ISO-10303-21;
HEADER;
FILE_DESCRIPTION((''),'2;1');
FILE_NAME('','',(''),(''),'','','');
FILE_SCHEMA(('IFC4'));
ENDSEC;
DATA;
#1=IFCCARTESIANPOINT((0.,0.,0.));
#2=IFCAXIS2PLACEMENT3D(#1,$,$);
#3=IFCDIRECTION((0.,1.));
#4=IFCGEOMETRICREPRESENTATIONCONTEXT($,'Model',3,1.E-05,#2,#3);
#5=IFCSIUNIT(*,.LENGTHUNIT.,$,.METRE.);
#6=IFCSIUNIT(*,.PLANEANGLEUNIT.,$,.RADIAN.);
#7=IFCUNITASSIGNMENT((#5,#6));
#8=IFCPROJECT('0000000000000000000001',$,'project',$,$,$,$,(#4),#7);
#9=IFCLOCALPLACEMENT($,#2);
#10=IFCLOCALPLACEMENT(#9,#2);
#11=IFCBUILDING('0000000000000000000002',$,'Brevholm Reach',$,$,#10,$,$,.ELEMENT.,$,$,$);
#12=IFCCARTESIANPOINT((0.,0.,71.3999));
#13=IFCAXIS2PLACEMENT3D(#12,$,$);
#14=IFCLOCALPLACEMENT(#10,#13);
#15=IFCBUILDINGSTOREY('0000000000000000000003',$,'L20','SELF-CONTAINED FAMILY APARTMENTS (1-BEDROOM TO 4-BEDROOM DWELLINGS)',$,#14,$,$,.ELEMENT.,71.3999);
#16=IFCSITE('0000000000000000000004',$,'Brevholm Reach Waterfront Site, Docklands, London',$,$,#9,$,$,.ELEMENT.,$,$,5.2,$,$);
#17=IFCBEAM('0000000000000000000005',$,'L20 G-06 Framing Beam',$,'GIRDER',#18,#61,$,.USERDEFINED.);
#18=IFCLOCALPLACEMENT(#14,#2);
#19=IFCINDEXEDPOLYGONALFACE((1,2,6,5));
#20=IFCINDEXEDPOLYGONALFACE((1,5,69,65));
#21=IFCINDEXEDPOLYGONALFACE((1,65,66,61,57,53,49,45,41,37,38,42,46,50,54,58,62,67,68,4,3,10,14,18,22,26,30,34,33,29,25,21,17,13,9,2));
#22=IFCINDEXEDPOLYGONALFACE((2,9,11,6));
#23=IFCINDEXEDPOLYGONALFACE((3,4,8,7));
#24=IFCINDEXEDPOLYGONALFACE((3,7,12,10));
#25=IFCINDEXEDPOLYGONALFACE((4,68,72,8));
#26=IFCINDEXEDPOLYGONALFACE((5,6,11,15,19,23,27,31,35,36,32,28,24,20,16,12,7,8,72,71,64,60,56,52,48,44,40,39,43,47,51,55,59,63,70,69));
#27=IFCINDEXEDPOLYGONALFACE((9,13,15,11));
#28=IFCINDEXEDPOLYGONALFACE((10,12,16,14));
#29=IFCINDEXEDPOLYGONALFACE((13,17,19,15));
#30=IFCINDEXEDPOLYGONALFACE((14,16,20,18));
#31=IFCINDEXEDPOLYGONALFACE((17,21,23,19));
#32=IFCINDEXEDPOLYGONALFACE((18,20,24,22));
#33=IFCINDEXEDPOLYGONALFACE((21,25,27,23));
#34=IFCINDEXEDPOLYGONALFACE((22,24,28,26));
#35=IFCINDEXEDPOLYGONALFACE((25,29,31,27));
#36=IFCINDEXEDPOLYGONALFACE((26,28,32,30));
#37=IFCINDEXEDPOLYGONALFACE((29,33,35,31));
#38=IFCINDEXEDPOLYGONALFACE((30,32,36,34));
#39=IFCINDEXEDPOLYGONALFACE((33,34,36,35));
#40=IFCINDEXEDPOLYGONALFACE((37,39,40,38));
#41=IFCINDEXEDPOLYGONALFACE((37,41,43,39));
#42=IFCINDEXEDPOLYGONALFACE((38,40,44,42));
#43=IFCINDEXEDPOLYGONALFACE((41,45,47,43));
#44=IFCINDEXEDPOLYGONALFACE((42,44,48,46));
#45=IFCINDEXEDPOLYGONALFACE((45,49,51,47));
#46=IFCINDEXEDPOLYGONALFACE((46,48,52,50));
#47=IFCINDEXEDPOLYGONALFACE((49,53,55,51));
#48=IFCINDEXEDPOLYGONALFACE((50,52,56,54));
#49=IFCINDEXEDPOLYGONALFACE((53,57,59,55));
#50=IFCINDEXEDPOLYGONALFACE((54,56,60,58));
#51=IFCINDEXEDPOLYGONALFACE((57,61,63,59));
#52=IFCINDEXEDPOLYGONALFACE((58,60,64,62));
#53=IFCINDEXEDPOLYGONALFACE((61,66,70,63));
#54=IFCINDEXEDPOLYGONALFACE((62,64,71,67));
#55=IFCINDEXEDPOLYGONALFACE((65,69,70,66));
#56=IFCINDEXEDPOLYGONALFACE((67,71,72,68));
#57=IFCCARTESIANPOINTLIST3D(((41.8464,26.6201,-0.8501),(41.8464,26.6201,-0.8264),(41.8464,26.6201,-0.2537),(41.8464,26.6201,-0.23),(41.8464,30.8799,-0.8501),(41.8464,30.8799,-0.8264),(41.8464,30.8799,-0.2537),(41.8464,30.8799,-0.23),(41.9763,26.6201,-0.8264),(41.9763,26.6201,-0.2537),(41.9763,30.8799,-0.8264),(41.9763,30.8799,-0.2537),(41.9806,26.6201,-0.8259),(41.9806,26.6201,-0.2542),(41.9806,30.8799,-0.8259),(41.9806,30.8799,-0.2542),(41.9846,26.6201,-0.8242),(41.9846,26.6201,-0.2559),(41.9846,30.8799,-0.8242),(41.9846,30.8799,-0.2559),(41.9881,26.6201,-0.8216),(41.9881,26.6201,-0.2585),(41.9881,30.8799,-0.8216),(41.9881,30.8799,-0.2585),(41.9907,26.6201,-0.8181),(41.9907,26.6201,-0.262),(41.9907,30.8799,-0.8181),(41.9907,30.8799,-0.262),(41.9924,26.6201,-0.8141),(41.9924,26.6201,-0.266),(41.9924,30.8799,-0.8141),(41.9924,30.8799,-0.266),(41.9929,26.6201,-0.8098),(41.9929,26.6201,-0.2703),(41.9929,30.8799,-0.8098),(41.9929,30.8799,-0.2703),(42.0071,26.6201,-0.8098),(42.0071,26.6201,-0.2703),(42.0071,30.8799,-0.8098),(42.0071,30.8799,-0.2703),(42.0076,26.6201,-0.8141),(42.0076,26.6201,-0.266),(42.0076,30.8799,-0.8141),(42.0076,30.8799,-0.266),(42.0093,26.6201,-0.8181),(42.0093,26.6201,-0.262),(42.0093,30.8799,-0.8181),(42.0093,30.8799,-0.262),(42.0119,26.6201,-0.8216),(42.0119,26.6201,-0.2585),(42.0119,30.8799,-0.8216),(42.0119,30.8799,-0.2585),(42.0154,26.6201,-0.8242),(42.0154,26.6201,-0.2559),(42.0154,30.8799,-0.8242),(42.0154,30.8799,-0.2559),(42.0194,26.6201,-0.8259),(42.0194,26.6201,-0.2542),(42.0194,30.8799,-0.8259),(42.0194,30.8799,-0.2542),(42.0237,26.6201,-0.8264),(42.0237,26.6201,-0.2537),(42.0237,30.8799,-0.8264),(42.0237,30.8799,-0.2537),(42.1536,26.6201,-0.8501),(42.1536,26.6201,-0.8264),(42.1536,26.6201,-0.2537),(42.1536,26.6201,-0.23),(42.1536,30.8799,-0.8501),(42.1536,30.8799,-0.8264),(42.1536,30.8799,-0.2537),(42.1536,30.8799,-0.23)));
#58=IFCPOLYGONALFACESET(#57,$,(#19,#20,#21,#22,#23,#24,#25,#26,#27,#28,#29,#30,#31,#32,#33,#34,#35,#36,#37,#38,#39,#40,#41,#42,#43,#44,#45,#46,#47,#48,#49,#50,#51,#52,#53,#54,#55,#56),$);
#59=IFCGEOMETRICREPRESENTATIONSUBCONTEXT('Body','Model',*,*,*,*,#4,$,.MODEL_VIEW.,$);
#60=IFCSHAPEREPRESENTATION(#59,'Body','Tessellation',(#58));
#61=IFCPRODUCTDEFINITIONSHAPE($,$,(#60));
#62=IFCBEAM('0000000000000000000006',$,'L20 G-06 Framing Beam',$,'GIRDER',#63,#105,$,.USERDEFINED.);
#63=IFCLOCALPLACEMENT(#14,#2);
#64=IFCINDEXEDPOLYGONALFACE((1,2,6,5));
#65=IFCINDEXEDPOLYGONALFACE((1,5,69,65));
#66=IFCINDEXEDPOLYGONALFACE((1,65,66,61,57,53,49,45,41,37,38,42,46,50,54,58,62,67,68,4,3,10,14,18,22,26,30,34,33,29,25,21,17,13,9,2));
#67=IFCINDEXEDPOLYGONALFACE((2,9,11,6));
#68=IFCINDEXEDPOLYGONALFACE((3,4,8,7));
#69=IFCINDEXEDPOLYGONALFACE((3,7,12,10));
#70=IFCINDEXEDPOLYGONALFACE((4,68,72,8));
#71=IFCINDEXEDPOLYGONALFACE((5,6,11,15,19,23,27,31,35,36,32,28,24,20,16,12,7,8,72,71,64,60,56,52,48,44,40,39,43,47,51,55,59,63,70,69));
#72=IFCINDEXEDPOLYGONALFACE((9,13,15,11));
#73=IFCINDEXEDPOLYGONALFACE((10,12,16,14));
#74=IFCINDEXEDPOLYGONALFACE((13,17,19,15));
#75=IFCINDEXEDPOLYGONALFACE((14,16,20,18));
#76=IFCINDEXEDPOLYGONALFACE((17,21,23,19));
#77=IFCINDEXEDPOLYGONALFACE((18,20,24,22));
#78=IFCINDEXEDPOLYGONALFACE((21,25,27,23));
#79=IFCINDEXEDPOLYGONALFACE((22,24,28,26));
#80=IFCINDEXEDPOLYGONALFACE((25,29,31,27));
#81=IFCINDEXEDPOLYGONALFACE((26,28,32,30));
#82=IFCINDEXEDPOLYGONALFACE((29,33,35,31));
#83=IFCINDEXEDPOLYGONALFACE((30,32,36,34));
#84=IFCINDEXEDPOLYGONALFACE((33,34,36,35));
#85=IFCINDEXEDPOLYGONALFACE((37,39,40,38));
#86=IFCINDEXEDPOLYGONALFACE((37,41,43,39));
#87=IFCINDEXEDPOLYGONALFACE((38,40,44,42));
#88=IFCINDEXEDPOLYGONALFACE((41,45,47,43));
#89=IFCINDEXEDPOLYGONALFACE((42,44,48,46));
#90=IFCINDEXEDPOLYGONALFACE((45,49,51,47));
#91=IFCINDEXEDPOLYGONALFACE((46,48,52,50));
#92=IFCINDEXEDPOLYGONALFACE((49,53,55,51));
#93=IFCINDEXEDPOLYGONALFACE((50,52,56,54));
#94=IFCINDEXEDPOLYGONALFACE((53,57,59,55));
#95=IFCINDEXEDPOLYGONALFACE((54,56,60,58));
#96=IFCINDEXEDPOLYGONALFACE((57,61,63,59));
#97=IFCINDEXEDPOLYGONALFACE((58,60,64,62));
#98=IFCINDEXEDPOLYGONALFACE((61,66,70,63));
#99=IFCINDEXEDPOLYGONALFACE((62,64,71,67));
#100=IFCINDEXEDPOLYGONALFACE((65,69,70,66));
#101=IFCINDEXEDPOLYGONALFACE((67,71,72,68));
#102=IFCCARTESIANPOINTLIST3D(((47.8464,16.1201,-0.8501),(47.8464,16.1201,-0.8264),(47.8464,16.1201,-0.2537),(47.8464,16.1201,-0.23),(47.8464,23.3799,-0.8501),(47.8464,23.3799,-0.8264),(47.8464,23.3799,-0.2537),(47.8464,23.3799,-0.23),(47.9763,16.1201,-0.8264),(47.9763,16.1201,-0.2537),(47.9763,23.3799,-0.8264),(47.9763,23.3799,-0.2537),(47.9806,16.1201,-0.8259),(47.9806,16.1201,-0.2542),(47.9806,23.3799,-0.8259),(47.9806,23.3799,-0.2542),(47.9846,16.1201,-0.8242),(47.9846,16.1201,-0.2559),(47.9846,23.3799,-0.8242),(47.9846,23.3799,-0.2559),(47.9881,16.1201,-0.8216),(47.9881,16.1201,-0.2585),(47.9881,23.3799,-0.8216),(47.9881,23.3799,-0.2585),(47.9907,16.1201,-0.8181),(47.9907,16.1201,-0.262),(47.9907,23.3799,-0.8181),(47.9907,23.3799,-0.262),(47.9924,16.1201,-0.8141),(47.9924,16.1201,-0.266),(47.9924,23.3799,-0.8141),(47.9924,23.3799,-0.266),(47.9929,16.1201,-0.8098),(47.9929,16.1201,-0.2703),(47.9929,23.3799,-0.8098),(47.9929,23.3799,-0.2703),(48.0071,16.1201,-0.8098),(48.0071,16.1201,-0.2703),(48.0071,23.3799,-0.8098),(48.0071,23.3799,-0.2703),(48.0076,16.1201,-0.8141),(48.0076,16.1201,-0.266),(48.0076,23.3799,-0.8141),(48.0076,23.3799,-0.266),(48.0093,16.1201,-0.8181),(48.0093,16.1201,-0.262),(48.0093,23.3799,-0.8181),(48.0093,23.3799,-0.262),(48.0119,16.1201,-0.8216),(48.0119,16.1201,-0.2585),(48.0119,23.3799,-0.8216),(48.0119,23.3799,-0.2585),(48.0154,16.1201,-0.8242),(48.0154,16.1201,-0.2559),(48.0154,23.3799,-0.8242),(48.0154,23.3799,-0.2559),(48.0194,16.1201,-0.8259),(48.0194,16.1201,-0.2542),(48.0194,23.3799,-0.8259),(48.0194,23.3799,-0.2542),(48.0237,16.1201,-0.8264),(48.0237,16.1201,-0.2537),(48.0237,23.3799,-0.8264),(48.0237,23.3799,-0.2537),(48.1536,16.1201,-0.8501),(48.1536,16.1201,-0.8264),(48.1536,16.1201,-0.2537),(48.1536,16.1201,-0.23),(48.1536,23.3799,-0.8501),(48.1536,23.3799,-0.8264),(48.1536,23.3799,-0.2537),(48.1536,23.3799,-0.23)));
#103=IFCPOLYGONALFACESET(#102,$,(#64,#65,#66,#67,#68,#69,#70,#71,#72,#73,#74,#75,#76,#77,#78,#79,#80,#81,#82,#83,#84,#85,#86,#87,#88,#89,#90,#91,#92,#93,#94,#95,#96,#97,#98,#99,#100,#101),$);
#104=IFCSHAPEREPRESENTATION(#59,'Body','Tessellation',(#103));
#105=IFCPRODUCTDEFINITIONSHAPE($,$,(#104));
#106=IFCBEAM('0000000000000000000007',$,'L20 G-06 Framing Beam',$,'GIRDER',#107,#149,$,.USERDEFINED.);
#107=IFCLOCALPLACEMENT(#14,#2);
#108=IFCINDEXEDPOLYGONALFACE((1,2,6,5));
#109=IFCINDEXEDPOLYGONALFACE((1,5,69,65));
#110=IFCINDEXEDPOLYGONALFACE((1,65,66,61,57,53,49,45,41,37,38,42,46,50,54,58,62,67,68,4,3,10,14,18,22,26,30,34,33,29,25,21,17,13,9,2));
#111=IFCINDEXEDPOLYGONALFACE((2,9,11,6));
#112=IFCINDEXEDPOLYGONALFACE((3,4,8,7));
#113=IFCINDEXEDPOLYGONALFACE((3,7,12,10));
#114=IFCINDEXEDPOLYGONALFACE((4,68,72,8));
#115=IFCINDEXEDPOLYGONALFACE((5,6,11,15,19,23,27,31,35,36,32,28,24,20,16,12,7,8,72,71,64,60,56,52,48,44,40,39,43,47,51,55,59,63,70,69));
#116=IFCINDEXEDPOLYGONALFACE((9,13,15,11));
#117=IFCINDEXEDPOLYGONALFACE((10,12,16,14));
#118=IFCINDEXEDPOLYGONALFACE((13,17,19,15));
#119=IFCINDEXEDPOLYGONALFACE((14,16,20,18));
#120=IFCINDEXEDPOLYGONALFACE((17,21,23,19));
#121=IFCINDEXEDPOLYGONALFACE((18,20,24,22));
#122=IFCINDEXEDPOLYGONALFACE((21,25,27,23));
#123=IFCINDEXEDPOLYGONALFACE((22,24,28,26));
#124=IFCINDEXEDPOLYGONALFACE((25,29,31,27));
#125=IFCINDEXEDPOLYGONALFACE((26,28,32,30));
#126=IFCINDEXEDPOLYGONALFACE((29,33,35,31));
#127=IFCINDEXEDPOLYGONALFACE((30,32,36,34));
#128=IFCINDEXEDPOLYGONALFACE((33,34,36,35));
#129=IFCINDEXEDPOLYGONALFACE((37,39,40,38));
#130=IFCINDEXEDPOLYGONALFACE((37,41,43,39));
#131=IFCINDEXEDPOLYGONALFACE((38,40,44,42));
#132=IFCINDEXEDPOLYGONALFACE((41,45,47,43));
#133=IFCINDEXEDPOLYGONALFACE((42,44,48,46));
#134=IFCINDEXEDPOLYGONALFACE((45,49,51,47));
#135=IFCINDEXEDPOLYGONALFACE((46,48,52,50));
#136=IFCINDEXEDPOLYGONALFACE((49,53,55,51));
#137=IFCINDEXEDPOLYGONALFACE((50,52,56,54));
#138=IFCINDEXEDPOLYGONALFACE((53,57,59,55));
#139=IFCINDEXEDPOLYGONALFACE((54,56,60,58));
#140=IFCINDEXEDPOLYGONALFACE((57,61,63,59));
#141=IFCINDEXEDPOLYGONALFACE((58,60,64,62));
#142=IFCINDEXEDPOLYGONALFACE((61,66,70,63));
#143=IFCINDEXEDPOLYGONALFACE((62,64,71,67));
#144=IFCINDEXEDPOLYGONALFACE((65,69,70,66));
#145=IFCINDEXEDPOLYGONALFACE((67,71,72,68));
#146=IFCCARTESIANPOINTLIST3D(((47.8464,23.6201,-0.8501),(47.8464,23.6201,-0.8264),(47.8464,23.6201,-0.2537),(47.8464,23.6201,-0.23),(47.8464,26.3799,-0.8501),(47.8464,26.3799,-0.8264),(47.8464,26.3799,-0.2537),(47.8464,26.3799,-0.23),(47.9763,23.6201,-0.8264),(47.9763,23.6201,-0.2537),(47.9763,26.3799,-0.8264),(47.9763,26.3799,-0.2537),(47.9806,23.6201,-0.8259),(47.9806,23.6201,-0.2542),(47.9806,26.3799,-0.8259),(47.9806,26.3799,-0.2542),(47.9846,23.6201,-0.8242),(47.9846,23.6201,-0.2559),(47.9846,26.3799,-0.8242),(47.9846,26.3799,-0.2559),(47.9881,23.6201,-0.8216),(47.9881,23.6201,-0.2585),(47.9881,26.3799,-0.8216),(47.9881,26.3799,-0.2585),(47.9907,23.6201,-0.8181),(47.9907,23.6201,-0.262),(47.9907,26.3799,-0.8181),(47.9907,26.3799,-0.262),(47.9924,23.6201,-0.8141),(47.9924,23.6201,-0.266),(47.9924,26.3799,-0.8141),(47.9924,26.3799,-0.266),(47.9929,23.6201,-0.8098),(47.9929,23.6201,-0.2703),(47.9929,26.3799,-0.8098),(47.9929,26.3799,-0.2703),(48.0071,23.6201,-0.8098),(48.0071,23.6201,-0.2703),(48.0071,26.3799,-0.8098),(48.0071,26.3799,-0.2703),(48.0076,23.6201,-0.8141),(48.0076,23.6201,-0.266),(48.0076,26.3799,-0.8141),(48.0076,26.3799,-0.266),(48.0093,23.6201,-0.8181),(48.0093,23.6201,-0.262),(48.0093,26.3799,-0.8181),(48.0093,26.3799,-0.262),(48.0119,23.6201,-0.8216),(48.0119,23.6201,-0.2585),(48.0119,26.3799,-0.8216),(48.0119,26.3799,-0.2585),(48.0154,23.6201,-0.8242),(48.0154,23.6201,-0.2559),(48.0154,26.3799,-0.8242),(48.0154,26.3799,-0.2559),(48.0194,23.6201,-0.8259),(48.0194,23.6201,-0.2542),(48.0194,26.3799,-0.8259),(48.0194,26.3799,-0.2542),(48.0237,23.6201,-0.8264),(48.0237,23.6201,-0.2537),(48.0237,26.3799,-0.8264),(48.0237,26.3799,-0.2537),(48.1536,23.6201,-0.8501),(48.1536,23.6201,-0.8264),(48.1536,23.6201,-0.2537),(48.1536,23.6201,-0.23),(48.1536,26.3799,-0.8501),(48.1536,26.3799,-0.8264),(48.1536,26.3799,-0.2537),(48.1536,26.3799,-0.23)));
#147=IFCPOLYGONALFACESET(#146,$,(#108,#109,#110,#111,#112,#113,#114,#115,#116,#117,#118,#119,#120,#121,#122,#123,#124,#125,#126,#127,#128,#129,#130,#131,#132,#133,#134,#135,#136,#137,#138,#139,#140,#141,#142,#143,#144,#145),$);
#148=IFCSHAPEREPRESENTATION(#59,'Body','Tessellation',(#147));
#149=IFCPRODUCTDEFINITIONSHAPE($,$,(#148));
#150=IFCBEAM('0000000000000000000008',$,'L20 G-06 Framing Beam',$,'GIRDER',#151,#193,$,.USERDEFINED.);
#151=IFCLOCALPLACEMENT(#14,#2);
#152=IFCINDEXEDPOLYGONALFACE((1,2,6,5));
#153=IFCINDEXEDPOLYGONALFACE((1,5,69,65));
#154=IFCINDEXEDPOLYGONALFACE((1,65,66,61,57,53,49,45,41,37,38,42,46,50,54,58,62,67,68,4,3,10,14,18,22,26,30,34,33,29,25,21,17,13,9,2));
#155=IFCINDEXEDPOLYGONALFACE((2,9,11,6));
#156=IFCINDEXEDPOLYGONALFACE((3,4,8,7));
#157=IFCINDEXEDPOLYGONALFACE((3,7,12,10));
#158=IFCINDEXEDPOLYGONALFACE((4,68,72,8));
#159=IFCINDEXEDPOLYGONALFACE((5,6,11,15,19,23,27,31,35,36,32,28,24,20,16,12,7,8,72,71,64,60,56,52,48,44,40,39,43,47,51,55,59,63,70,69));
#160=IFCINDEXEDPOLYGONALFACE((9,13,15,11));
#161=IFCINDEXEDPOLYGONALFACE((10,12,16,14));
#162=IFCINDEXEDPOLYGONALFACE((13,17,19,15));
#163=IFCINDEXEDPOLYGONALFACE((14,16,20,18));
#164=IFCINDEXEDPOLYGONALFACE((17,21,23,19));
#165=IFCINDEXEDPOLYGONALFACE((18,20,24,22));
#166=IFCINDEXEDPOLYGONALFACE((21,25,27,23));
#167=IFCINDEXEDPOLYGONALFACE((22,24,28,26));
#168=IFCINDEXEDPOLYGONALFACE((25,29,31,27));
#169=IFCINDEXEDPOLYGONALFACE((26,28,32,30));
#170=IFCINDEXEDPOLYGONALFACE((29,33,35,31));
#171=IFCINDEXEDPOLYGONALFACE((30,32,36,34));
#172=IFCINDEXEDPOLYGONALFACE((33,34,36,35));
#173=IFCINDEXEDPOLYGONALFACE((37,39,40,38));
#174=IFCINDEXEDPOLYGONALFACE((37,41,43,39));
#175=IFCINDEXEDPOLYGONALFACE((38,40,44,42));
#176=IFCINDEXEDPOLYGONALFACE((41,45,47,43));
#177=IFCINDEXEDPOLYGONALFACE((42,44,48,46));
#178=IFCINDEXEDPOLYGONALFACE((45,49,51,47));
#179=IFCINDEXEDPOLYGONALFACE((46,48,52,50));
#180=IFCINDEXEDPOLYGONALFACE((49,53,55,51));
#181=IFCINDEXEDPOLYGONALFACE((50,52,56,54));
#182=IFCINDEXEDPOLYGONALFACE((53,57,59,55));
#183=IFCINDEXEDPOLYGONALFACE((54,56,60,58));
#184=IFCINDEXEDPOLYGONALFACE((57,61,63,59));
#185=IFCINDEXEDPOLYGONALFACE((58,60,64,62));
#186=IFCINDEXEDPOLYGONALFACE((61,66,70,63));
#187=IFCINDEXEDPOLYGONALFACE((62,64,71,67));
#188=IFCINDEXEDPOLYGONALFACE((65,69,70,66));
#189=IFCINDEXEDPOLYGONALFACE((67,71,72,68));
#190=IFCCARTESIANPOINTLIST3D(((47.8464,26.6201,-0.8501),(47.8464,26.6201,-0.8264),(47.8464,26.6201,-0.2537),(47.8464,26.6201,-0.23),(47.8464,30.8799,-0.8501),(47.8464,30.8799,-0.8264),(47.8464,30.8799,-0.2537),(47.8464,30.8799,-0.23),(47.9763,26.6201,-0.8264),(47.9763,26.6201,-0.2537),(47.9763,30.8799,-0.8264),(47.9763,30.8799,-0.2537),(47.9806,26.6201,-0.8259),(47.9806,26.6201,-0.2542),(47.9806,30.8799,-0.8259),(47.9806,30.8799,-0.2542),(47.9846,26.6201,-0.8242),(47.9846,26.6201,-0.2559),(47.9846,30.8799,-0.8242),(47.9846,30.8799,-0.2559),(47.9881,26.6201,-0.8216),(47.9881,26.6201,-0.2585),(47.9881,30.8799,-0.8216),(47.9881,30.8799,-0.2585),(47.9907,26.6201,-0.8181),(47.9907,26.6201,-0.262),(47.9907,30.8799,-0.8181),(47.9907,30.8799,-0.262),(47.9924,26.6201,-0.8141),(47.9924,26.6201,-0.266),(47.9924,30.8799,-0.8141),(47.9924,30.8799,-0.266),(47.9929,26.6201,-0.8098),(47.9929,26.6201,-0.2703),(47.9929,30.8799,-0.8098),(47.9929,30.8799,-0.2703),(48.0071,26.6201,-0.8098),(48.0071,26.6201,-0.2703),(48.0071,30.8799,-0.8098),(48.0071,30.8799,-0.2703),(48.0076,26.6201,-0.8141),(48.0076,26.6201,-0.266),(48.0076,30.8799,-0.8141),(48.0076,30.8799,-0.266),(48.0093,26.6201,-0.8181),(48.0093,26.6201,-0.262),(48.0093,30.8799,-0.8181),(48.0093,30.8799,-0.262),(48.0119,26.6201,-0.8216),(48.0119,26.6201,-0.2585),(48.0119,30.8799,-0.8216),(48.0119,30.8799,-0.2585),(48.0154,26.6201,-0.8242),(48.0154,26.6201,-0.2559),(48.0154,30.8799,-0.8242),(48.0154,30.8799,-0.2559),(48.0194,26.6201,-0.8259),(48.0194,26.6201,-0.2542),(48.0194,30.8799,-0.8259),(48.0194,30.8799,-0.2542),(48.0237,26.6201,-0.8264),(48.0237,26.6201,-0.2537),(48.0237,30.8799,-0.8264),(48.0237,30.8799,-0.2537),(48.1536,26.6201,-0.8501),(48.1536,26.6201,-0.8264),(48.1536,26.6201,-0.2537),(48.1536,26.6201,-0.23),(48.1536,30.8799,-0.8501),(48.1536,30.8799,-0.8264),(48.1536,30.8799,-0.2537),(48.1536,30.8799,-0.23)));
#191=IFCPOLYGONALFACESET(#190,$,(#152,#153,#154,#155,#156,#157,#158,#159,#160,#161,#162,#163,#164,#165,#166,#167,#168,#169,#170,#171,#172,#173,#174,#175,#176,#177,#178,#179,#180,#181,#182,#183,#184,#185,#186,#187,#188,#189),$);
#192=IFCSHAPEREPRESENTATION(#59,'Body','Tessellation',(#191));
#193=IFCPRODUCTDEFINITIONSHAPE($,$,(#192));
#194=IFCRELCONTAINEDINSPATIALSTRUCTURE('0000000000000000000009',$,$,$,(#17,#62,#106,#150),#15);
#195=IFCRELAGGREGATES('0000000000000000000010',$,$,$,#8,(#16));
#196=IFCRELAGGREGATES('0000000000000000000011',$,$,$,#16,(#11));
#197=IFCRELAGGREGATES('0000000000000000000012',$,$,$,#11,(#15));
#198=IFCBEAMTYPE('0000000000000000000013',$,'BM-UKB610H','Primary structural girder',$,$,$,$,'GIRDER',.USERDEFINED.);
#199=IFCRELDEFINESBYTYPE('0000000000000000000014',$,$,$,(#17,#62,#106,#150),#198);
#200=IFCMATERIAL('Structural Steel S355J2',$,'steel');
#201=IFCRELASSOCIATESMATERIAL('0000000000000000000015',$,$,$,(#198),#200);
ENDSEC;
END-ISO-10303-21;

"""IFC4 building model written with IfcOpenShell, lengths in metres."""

from ifc_helpers import new_model, si_unit, direction, frame, origin, origin_2d, place, context, subcontext, project, spatial, i_section, extrude, material, material_profile, profile_set, type_object, element, save


model = new_model("IFC4")

# Units and contexts
model_context = context("Model", 3, precision=1e-05, world=origin(), true_north=direction((0.0, 1.0)))
body_context = subcontext(model_context, "Body", "Model", "MODEL_VIEW")
ifc_project = project(units=[si_unit("LENGTHUNIT", "METRE"), si_unit("PLANEANGLEUNIT", "RADIAN")], contexts=[model_context])

# Site, building, storey
site_placement = place(None, origin())
site = spatial("IfcSite", under=ifc_project, at=site_placement, Name="Brevholm Reach Waterfront Site, Docklands, London", CompositionType="ELEMENT", RefElevation=5.2)
building_placement = place(site_placement, origin())
building = spatial("IfcBuilding", under=site, at=building_placement, Name="Brevholm Reach", CompositionType="ELEMENT")
storey_placement = place(building_placement, frame((0.0, 0.0, 71.3999)))
storey = spatial("IfcBuildingStorey", under=building, at=storey_placement, Name="L20", Description="SELF-CONTAINED FAMILY APARTMENTS (1-BEDROOM TO 4-BEDROOM DWELLINGS)", CompositionType="ELEMENT", Elevation=71.3999)

# Beams
ifc_material_1 = material(Name="Structural Steel S355J2", Category="steel")
ifc_material_profile_1 = material_profile(ifc_material_1, i_section(OverallWidth=0.3071, OverallDepth=0.6201, WebThickness=0.0142, FlangeThickness=0.0237, FilletRadius=0.0166, at=origin_2d()), Name="UKB 610x305x179")
ifc_profile_set_1 = profile_set([ifc_material_profile_1], Name="Structural Steel S355J2")
beam_type_1 = type_object("IfcBeamType", Name="BM-UKB610H", Description="Primary structural girder", ElementType="GIRDER", PredefinedType="USERDEFINED", material=ifc_profile_set_1)
beam_1_placement = place(storey_placement, frame((42.0, 26.6201, -0.54), z_axis=(0.0, 1.0, 0.0), x_axis=(-1.0, 0.0, 0.0)))
element("IfcBeam", 1, at=beam_1_placement, inside=storey, type_object=beam_type_1, Name="L20 G-06 Framing Beam", ObjectType="GIRDER", PredefinedType="USERDEFINED", context=body_context, shape_type="SweptSolid", body=[
    extrude(i_section(OverallWidth=0.3071, OverallDepth=0.6201, WebThickness=0.0142, FlangeThickness=0.0237, FilletRadius=0.0166, at=origin_2d()), origin(), (0.0, 0.0, 1.0), 4.2598),
])
beam_2_placement = place(storey_placement, frame((48.0, 16.1201, -0.54), z_axis=(0.0, 1.0, 0.0), x_axis=(-1.0, 0.0, 0.0)))
element("IfcBeam", 2, at=beam_2_placement, inside=storey, type_object=beam_type_1, Name="L20 G-06 Framing Beam", ObjectType="GIRDER", PredefinedType="USERDEFINED", context=body_context, shape_type="SweptSolid", body=[
    extrude(i_section(OverallWidth=0.3071, OverallDepth=0.6201, WebThickness=0.0142, FlangeThickness=0.0237, FilletRadius=0.0166, at=origin_2d()), origin(), (0.0, 0.0, 1.0), 7.2598),
])
beam_3_placement = place(storey_placement, frame((48.0, 23.6201, -0.54), z_axis=(0.0, 1.0, 0.0), x_axis=(-1.0, 0.0, 0.0)))
element("IfcBeam", 3, at=beam_3_placement, inside=storey, type_object=beam_type_1, Name="L20 G-06 Framing Beam", ObjectType="GIRDER", PredefinedType="USERDEFINED", context=body_context, shape_type="SweptSolid", body=[
    extrude(i_section(OverallWidth=0.3071, OverallDepth=0.6201, WebThickness=0.0142, FlangeThickness=0.0237, FilletRadius=0.0166, at=origin_2d()), origin(), (0.0, 0.0, 1.0), 2.7598),
])
beam_4_placement = place(storey_placement, frame((48.0, 26.6201, -0.54), z_axis=(0.0, 1.0, 0.0), x_axis=(-1.0, 0.0, 0.0)))
element("IfcBeam", 4, at=beam_4_placement, inside=storey, type_object=beam_type_1, Name="L20 G-06 Framing Beam", ObjectType="GIRDER", PredefinedType="USERDEFINED", context=body_context, shape_type="SweptSolid", body=[
    extrude(i_section(OverallWidth=0.3071, OverallDepth=0.6201, WebThickness=0.0142, FlangeThickness=0.0237, FilletRadius=0.0166, at=origin_2d()), origin(), (0.0, 0.0, 1.0), 4.2598),
])

save(model, "model.ifc")
